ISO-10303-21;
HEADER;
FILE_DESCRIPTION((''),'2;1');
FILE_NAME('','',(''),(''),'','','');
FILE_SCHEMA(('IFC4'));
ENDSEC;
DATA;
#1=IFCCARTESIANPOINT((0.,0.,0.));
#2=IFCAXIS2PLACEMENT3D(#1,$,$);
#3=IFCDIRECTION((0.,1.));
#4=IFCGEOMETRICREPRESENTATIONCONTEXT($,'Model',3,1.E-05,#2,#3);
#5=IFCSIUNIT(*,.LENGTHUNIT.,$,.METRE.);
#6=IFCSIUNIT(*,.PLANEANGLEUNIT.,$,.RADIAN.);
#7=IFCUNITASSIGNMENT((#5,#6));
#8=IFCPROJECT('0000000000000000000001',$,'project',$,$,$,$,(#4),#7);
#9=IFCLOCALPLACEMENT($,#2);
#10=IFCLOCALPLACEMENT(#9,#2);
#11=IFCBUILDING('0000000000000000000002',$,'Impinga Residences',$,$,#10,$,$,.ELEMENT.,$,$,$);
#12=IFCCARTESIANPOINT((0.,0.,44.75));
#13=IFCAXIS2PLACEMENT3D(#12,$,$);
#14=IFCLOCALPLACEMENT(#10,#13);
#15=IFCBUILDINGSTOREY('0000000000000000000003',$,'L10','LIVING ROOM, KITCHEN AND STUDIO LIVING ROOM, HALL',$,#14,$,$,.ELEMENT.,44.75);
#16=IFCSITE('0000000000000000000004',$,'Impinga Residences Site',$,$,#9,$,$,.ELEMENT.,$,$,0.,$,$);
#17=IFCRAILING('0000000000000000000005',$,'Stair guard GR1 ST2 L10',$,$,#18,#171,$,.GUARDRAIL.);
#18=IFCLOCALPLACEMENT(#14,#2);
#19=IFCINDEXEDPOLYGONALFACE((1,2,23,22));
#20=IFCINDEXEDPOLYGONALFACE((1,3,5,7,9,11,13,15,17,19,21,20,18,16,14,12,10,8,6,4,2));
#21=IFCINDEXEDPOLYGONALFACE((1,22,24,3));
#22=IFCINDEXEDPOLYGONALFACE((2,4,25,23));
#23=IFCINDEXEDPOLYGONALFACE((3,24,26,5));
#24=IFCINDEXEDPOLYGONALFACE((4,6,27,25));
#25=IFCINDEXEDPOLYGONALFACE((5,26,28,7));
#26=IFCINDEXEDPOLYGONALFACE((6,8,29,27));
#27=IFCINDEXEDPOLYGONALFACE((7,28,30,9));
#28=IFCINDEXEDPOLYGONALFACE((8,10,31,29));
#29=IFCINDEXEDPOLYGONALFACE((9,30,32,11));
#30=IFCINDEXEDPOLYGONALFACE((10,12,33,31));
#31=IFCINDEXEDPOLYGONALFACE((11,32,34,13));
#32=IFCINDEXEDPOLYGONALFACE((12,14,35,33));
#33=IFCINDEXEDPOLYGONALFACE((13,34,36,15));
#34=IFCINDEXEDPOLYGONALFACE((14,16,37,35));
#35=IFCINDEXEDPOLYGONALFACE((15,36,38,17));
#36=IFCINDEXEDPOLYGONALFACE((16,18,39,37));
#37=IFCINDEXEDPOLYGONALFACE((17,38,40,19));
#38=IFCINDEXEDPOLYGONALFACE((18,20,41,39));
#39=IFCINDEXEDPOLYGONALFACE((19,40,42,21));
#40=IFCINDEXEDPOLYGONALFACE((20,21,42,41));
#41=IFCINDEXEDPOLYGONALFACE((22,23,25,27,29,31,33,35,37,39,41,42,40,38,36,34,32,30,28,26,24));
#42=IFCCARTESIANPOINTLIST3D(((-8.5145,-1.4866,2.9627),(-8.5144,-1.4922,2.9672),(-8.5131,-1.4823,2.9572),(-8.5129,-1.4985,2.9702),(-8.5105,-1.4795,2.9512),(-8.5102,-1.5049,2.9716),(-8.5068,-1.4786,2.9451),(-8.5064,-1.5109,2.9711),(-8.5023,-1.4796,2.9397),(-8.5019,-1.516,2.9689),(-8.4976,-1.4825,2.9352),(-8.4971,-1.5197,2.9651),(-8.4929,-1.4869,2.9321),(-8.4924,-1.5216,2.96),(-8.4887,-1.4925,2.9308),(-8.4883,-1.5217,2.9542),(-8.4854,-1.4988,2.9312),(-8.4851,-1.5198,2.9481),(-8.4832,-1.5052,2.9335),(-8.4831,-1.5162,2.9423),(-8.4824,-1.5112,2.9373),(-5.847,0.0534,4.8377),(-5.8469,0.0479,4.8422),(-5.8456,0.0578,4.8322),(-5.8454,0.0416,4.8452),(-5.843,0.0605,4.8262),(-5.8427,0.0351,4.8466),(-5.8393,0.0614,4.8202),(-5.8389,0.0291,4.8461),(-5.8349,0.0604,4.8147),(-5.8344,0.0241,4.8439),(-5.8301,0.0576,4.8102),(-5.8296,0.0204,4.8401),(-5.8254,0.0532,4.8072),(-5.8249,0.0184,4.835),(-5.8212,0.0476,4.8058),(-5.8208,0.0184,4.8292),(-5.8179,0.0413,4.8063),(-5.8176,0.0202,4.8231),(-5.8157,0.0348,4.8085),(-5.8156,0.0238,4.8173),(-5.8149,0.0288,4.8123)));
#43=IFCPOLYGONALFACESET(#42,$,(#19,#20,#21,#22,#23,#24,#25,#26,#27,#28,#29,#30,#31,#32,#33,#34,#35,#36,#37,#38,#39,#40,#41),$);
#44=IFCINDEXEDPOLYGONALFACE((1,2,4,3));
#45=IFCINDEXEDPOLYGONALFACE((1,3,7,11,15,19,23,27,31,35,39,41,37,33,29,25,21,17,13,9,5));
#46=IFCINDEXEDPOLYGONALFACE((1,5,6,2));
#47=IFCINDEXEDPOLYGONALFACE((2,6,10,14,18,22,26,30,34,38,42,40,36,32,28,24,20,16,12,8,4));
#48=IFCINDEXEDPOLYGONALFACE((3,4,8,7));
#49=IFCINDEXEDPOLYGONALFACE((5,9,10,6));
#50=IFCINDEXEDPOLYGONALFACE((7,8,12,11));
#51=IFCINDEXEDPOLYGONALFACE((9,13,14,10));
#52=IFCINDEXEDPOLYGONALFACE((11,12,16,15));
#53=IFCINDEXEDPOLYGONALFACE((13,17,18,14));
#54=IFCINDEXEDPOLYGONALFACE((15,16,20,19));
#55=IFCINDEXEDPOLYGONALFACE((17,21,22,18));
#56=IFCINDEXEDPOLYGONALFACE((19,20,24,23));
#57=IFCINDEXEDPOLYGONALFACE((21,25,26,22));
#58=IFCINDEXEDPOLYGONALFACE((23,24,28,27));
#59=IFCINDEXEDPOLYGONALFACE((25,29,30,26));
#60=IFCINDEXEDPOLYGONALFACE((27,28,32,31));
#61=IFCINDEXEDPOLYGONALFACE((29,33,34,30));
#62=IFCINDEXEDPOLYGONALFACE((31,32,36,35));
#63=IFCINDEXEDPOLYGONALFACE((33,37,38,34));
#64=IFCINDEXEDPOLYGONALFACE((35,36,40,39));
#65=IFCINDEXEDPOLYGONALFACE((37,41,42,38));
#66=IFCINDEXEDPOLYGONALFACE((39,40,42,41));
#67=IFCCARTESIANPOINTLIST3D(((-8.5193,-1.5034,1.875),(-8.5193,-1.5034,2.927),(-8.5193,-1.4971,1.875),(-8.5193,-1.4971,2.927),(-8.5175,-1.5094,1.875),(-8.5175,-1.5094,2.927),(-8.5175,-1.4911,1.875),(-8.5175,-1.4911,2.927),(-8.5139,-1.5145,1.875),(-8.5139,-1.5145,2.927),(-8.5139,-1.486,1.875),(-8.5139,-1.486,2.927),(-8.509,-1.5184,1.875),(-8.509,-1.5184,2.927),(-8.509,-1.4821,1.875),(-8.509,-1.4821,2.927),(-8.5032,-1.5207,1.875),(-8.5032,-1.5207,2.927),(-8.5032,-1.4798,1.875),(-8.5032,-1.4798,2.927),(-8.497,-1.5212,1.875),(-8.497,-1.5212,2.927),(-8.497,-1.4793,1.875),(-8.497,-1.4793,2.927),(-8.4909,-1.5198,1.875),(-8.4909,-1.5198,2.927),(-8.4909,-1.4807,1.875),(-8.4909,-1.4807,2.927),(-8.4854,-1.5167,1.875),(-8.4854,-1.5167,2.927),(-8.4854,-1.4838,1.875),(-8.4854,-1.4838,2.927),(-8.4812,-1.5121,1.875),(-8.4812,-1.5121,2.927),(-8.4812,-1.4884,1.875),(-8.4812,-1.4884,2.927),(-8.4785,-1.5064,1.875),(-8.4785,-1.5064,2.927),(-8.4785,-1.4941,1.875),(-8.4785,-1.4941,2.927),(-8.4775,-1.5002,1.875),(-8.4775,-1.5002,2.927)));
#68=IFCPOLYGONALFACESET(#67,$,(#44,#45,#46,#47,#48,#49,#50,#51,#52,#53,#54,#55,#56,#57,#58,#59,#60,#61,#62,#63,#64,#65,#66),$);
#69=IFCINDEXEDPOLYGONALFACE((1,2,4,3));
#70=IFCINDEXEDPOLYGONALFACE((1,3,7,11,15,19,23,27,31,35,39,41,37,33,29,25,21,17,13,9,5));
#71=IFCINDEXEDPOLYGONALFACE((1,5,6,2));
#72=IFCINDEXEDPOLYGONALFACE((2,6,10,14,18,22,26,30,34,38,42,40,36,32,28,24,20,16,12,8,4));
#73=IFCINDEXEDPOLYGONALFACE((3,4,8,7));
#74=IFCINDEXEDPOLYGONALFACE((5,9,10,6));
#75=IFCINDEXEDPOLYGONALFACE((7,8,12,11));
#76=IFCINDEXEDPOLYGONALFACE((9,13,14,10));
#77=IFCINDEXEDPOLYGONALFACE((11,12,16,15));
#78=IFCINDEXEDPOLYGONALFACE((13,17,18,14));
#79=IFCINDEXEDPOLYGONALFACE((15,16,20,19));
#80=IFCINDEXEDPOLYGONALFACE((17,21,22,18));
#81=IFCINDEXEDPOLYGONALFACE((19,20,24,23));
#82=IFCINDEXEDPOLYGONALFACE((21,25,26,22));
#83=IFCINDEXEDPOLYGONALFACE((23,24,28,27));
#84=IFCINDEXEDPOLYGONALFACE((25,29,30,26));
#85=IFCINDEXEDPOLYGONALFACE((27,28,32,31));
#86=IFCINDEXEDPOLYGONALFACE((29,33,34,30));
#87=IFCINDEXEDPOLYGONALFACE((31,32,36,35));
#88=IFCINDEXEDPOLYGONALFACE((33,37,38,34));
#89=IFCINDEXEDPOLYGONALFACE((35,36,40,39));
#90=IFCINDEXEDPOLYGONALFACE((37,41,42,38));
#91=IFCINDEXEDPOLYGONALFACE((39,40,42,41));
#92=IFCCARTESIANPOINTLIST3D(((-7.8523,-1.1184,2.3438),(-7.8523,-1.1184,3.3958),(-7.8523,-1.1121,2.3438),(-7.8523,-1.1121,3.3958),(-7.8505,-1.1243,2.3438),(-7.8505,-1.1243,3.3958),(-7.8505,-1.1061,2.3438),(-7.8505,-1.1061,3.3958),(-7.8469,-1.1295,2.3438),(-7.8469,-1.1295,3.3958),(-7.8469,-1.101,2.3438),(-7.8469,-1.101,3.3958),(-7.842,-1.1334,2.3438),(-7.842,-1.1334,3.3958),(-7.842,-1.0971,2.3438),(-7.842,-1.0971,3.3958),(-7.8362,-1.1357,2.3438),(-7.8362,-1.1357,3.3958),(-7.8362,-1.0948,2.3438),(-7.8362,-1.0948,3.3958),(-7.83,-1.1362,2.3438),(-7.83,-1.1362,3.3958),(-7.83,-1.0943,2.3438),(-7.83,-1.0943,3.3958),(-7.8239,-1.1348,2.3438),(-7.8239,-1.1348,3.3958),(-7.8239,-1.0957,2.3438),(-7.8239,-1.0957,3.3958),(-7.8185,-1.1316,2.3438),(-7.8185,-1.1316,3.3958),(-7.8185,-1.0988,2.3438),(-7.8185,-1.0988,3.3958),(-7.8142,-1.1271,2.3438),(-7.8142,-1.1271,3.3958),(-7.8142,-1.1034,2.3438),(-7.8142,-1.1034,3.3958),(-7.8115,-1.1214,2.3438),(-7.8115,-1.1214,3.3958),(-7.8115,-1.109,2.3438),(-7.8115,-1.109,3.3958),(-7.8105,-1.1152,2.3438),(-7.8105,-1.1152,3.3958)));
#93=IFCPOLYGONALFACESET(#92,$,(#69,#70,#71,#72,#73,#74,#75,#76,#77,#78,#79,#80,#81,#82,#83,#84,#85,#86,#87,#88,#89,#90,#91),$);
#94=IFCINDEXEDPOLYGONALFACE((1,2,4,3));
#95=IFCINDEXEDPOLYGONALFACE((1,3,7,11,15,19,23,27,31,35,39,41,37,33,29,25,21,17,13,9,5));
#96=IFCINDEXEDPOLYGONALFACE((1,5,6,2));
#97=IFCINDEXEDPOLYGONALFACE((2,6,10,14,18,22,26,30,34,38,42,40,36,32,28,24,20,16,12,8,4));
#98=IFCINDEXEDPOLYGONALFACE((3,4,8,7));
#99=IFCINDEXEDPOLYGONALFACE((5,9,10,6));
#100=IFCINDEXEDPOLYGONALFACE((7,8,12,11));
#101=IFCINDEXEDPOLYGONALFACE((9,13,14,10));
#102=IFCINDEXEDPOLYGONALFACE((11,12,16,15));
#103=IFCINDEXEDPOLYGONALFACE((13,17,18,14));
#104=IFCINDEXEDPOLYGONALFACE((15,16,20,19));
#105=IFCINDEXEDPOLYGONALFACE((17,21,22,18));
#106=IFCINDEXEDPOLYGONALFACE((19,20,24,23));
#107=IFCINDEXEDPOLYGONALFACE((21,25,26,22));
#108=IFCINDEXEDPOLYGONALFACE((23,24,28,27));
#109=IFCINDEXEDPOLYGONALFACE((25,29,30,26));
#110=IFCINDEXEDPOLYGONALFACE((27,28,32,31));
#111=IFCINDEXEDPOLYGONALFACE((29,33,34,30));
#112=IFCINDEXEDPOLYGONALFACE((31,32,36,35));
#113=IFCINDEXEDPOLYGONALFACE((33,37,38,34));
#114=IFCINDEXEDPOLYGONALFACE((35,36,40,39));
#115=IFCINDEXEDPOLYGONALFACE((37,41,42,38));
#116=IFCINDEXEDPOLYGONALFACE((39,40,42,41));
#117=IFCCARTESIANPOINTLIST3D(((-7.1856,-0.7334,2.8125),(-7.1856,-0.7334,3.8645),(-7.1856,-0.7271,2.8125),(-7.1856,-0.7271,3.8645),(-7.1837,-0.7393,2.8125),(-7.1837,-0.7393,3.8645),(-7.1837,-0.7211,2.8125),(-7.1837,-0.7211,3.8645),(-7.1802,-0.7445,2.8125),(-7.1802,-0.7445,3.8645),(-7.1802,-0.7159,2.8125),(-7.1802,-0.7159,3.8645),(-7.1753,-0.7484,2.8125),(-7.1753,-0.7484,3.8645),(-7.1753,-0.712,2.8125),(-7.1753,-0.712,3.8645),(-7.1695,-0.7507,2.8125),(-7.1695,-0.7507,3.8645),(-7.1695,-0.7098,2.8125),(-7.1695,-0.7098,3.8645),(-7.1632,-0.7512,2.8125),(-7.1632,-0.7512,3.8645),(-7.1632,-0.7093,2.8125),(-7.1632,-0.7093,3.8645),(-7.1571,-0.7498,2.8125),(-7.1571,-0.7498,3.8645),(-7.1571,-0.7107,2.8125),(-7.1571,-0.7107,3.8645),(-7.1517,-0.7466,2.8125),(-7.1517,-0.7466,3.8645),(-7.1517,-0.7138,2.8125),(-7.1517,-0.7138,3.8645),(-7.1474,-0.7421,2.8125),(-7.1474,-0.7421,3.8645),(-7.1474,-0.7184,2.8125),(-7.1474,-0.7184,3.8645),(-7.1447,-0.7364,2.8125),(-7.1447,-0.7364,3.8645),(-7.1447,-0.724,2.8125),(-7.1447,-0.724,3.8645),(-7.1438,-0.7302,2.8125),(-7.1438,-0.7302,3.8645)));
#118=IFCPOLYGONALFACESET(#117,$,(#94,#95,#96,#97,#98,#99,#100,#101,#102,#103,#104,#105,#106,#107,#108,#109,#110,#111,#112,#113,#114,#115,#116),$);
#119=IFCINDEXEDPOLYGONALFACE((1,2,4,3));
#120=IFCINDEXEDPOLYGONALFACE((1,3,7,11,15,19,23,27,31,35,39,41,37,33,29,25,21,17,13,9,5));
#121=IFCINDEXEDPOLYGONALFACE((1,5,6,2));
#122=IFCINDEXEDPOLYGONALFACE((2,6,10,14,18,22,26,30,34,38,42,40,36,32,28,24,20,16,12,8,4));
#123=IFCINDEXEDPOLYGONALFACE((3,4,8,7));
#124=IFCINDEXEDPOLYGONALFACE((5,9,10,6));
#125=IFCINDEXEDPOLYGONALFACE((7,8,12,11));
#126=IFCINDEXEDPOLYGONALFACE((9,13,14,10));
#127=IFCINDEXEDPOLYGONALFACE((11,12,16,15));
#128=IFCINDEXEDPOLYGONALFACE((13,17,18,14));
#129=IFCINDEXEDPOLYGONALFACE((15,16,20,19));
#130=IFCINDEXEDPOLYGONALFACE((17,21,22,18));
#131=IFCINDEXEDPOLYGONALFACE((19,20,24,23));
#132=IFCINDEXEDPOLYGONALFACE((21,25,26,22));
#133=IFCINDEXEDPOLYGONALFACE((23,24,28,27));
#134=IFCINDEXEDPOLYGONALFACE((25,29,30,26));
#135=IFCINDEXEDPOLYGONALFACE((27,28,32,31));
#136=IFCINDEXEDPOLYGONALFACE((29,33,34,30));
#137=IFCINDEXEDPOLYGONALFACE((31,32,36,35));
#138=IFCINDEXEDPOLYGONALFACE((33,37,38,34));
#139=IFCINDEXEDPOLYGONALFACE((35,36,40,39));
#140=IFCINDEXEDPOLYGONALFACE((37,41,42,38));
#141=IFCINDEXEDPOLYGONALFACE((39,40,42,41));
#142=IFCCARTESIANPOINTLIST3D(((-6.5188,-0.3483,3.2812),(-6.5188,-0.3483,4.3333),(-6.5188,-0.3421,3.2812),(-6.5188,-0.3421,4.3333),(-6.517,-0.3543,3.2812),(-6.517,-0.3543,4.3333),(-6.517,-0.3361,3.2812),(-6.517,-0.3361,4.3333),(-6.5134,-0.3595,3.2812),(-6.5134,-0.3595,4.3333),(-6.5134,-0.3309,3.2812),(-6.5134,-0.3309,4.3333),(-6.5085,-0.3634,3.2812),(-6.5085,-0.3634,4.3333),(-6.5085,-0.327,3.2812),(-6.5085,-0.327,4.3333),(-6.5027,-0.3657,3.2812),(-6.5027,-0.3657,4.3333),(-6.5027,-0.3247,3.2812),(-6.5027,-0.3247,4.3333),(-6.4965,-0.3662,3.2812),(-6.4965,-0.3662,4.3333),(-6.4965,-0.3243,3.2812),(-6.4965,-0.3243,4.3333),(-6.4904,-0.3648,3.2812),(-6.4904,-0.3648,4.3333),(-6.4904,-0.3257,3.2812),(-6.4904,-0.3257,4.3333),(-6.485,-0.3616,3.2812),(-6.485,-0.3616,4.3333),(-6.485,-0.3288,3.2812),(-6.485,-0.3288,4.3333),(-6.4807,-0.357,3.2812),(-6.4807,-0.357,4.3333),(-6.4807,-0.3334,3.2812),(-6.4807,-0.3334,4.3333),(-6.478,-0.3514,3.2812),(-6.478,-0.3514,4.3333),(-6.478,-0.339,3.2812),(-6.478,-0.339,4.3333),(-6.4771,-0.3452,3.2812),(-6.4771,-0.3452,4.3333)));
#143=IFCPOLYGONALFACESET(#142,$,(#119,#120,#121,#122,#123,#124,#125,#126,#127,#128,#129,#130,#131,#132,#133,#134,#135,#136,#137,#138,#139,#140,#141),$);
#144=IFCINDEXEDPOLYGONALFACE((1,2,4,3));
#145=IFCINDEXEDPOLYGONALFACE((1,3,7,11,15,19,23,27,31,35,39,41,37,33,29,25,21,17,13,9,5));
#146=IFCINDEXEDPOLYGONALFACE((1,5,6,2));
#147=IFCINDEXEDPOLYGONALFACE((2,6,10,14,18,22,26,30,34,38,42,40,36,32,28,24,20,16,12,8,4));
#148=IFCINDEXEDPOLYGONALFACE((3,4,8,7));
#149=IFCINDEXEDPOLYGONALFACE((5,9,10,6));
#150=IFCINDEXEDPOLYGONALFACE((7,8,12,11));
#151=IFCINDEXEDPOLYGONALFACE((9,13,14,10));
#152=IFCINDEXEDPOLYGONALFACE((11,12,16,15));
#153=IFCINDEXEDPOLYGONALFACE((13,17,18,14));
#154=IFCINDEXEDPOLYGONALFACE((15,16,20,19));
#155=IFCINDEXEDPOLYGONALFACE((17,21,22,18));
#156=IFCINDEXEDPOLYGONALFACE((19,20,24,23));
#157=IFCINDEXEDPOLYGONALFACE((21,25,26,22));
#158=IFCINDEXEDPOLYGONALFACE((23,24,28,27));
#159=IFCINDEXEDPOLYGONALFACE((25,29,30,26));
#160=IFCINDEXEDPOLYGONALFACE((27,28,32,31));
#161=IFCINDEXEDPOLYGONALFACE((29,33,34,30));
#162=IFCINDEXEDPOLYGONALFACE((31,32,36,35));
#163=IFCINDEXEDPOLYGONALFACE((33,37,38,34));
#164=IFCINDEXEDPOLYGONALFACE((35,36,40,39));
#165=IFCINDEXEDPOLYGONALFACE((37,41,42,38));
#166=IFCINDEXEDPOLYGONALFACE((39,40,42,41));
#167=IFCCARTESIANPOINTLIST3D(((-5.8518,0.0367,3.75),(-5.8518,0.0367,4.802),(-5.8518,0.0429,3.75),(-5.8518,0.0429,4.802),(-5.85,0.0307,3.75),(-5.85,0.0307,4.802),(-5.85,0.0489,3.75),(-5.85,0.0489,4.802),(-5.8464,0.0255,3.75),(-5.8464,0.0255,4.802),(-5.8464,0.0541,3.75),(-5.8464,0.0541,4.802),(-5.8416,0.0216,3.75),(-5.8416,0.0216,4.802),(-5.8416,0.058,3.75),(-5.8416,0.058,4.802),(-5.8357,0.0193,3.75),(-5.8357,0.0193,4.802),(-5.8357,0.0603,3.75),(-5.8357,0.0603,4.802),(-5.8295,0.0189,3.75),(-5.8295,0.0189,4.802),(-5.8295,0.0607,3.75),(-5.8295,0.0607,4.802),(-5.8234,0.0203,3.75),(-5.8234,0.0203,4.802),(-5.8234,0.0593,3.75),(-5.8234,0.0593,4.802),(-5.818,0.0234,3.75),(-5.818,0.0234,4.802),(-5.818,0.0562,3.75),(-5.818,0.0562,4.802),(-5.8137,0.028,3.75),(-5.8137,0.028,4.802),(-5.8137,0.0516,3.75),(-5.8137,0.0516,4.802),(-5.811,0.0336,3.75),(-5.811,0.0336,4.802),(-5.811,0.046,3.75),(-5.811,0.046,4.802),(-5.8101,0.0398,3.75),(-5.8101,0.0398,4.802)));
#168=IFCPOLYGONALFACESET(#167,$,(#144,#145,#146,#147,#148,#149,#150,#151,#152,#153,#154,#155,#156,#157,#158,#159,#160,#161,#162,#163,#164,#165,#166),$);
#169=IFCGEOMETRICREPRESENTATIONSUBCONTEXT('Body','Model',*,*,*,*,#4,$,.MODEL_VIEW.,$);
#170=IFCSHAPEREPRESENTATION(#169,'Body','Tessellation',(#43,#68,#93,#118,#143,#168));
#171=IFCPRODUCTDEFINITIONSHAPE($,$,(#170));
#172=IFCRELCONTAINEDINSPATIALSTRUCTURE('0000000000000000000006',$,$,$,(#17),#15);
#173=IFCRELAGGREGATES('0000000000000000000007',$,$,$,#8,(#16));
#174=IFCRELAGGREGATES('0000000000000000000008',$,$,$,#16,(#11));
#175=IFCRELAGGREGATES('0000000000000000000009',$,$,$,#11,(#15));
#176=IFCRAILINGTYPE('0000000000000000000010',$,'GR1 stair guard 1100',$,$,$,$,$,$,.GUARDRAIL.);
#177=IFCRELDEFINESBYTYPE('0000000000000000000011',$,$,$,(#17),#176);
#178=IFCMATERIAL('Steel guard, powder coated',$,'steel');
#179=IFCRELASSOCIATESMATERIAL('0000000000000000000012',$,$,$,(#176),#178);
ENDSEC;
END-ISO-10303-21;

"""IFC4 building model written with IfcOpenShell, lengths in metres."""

from ifc_helpers import new_model, si_unit, direction, frame, origin, origin_2d, place, context, subcontext, project, spatial, circle, extrude, material, type_object, element, save


model = new_model("IFC4")

# Units and contexts
model_context = context("Model", 3, precision=1e-05, world=origin(), true_north=direction((0.0, 1.0)))
body_context = subcontext(model_context, "Body", "Model", "MODEL_VIEW")
ifc_project = project(units=[si_unit("LENGTHUNIT", "METRE"), si_unit("PLANEANGLEUNIT", "RADIAN")], contexts=[model_context])

# Site, building, storey
site_placement = place(None, origin())
site = spatial("IfcSite", under=ifc_project, at=site_placement, Name="Impinga Residences Site", CompositionType="ELEMENT", RefElevation=0.0)
building_placement = place(site_placement, origin())
building = spatial("IfcBuilding", under=site, at=building_placement, Name="Impinga Residences", CompositionType="ELEMENT")
storey_placement = place(building_placement, frame((0.0, 0.0, 44.75)))
storey = spatial("IfcBuildingStorey", under=building, at=storey_placement, Name="L10", Description="LIVING ROOM, KITCHEN AND STUDIO LIVING ROOM, HALL", CompositionType="ELEMENT", Elevation=44.75)

# Railing
ifc_material_1 = material(Name="Steel guard, powder coated", Category="steel")
railing_type = type_object("IfcRailingType", Name="GR1 stair guard 1100", PredefinedType="GUARDRAIL", material=ifc_material_1)
railing_placement = place(storey_placement, frame((-8.4985, -1.5002, 1.875)))
element("IfcRailing", 1, at=railing_placement, inside=storey, type_object=railing_type, Name="Stair guard GR1 ST2 L10", PredefinedType="GUARDRAIL", context=body_context, shape_type="SweptSolid", body=[
    extrude(circle(Radius=0.0239, at=origin_2d()), frame((0.0, 0.0, 1.0762), z_axis=(0.739746, 0.427084, 0.519975), x_axis=(-0.499992, 0.86603, 0.0)), (0.0, 0.0, 1.0), 3.606),
    extrude(circle(Radius=0.021, at=origin_2d()), origin(), (0.0, 0.0, 1.0), 1.052),
    extrude(circle(Radius=0.021, at=origin_2d()), frame((0.667, 0.385, 0.4688)), (0.0, 0.0, 1.0), 1.052),
    extrude(circle(Radius=0.021, at=origin_2d()), frame((1.3337, 0.77, 0.9375)), (0.0, 0.0, 1.0), 1.052),
    extrude(circle(Radius=0.021, at=origin_2d()), frame((2.0005, 1.155, 1.4062)), (0.0, 0.0, 1.0), 1.052),
    extrude(circle(Radius=0.021, at=origin_2d()), frame((2.6675, 1.54, 1.875)), (0.0, 0.0, 1.0), 1.052),
])

save(model, "model.ifc")
